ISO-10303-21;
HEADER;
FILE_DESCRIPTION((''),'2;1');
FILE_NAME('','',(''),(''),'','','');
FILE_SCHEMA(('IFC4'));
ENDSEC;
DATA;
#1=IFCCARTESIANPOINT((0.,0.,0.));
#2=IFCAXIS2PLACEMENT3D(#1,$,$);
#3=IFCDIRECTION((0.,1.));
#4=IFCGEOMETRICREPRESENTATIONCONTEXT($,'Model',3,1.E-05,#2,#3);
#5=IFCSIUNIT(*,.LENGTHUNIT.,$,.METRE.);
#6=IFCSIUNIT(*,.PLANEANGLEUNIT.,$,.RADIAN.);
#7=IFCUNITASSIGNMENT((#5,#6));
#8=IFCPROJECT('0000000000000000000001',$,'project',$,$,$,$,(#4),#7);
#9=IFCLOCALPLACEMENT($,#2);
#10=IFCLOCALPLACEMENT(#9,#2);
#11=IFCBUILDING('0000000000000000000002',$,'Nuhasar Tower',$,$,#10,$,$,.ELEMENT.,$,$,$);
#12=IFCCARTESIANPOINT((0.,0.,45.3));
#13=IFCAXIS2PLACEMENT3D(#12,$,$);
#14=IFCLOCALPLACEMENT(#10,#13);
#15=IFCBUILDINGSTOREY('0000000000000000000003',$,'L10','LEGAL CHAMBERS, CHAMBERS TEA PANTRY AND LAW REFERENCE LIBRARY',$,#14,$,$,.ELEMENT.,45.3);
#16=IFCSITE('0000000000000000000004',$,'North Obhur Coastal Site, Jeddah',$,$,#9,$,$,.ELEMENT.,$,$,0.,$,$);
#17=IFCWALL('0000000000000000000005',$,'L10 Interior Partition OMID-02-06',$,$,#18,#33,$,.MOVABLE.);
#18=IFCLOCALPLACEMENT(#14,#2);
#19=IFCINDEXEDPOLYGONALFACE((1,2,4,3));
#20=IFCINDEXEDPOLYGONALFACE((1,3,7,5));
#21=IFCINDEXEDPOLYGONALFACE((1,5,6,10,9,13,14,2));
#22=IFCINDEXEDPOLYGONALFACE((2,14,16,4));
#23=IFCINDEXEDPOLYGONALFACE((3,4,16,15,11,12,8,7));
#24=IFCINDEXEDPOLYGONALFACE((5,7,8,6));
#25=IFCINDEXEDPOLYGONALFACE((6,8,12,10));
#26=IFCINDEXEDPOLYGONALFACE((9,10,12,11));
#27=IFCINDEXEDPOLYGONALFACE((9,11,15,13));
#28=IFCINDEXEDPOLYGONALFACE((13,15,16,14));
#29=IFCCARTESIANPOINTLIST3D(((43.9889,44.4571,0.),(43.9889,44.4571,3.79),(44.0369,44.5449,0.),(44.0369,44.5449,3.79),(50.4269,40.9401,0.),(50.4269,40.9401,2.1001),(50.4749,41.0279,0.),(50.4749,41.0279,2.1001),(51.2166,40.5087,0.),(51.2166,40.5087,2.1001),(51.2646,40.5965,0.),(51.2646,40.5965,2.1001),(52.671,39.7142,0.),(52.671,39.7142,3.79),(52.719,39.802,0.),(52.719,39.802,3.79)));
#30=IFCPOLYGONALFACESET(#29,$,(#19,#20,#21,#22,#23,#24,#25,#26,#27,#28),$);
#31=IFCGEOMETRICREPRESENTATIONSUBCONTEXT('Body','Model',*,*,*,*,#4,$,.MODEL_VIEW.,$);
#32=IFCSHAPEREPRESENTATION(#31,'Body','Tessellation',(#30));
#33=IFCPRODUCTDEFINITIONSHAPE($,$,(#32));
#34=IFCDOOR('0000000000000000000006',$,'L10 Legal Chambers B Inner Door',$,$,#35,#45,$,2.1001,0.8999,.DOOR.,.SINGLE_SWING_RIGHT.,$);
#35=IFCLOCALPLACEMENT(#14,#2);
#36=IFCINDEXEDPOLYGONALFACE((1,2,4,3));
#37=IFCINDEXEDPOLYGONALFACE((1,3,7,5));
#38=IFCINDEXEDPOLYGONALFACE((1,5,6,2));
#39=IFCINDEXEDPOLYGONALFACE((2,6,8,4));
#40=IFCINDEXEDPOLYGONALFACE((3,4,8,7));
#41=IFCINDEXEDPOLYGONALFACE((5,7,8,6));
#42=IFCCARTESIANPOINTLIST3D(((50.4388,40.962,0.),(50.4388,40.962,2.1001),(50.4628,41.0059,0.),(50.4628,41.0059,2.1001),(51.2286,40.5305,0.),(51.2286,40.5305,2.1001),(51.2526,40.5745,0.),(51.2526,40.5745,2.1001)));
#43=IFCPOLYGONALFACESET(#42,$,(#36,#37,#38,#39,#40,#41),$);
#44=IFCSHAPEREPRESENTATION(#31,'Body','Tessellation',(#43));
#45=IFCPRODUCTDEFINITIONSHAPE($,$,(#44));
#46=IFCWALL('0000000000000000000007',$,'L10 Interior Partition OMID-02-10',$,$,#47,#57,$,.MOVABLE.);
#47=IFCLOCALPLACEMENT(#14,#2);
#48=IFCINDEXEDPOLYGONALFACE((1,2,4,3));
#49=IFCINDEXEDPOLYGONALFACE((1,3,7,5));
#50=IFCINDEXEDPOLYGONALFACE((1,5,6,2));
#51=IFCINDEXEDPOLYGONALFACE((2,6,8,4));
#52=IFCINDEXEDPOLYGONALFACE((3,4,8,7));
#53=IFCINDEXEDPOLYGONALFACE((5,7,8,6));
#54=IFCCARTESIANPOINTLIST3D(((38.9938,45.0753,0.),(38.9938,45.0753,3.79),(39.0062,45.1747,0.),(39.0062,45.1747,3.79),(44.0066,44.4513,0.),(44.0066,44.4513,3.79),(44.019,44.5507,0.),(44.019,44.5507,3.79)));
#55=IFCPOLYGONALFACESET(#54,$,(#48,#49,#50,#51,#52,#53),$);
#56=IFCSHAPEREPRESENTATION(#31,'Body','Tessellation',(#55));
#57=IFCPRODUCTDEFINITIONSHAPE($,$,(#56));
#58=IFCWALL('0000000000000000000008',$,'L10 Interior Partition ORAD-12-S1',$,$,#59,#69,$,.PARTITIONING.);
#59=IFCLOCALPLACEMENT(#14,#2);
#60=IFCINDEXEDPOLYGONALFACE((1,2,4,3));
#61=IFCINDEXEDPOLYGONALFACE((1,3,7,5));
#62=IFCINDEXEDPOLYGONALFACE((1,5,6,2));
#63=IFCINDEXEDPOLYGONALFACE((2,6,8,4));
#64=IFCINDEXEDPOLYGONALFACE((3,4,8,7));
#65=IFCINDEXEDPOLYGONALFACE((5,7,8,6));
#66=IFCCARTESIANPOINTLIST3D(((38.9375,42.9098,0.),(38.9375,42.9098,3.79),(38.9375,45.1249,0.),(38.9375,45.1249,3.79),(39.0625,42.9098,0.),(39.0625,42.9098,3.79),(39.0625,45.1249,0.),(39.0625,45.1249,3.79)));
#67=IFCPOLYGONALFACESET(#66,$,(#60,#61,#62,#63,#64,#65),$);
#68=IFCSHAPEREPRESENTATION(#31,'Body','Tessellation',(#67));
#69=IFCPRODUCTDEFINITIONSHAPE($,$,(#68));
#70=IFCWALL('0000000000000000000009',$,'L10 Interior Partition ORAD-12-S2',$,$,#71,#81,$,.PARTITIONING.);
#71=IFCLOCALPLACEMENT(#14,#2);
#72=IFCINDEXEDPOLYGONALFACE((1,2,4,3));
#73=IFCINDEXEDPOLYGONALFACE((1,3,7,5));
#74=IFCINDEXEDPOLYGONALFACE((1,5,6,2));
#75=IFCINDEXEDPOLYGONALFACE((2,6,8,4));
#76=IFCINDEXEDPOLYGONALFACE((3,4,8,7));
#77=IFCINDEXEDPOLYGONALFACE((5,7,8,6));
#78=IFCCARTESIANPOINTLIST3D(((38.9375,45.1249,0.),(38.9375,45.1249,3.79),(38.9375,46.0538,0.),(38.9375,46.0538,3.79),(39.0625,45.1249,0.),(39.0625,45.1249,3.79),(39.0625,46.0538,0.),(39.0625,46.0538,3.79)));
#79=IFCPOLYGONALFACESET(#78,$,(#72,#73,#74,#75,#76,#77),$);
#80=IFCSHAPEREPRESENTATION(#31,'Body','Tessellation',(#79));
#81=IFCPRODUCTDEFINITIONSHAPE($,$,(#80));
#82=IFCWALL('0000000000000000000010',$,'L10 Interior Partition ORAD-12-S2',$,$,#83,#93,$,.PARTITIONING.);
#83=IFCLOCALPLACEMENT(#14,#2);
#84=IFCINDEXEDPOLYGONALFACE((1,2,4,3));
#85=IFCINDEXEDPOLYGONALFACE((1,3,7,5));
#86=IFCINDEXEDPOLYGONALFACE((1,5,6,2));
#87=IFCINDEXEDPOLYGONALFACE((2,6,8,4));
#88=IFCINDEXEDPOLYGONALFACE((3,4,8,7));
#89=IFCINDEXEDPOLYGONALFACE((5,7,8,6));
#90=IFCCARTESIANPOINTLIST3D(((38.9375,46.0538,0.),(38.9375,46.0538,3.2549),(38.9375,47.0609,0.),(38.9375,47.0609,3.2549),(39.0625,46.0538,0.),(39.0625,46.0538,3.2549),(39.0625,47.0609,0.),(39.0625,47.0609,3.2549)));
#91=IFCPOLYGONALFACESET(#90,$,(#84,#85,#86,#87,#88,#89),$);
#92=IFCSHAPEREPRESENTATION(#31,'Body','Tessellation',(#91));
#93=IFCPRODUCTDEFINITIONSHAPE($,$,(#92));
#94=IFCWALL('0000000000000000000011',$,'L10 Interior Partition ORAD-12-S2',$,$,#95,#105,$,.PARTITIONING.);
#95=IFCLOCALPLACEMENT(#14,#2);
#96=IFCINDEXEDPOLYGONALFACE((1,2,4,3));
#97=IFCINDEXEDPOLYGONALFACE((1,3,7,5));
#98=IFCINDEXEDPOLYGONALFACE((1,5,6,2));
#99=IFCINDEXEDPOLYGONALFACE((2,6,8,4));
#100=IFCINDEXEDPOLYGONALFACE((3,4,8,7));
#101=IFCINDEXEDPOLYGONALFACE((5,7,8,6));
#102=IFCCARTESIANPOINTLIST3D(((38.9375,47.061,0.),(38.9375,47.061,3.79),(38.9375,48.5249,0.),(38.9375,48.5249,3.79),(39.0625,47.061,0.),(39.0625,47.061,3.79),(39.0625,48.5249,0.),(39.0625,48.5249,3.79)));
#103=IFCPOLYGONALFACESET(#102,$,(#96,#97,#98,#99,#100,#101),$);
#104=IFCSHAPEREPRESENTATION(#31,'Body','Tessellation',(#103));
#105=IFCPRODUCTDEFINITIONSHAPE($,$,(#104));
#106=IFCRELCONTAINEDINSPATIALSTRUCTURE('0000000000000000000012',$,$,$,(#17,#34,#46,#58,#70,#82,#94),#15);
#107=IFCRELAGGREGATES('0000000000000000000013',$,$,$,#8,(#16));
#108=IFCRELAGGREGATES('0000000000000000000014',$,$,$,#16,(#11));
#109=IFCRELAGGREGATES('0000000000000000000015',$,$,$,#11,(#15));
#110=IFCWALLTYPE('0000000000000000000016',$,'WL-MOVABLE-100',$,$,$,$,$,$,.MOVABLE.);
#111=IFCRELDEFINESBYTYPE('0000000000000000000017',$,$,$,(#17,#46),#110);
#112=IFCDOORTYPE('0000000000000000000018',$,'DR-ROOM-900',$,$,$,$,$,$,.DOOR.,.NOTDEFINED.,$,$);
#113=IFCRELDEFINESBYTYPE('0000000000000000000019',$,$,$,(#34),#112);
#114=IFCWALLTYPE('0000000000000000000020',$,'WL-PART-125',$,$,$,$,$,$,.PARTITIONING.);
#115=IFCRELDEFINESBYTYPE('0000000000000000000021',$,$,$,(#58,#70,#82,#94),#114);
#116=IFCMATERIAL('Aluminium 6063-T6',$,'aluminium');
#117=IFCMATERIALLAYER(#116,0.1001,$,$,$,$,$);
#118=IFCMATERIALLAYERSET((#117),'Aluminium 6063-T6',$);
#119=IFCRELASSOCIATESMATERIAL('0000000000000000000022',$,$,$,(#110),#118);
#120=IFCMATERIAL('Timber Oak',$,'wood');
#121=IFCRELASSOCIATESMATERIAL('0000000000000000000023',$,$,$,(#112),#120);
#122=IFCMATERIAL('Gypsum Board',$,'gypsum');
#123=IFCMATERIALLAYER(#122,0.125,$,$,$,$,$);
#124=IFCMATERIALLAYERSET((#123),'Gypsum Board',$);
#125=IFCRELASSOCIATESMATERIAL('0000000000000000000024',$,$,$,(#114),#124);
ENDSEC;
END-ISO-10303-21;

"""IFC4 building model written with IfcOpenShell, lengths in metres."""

from ifc_helpers import new_model, si_unit, direction, frame, frame_2d, origin, place, context, subcontext, project, spatial, rectangle, extrude, material, layer, layer_set, type_object, element, fill, save


model = new_model("IFC4")

# Units and contexts
model_context = context("Model", 3, precision=1e-05, world=origin(), true_north=direction((0.0, 1.0)))
body_context = subcontext(model_context, "Body", "Model", "MODEL_VIEW")
ifc_project = project(units=[si_unit("LENGTHUNIT", "METRE"), si_unit("PLANEANGLEUNIT", "RADIAN")], contexts=[model_context])

# Site, building, storey
site_placement = place(None, origin())
site = spatial("IfcSite", under=ifc_project, at=site_placement, Name="North Obhur Coastal Site, Jeddah", CompositionType="ELEMENT", RefElevation=0.0)
building_placement = place(site_placement, origin())
building = spatial("IfcBuilding", under=site, at=building_placement, Name="Nuhasar Tower", CompositionType="ELEMENT")
storey_placement = place(building_placement, frame((0.0, 0.0, 45.3)))
storey = spatial("IfcBuildingStorey", under=building, at=storey_placement, Name="L10", Description="LEGAL CHAMBERS, CHAMBERS TEA PANTRY AND LAW REFERENCE LIBRARY", CompositionType="ELEMENT", Elevation=45.3)

# Shared definitions
ifc_material_1 = material(Name="Aluminium 6063-T6", Category="aluminium")

# Shared definitions
ifc_material_2 = material(Name="Gypsum Board", Category="gypsum")

# Wall, opening, door
ifc_layer_1 = layer(ifc_material_1, 0.1001)
ifc_layer_set_1 = layer_set([ifc_layer_1], Name="Aluminium 6063-T6")
wall_type_1 = type_object("IfcWallType", Name="WL-MOVABLE-100", PredefinedType="MOVABLE", material=ifc_layer_set_1)
wall_1_placement = place(storey_placement, frame((44.0129, 44.501, 0.0), z_axis=(0.0, 0.0, 1.0), x_axis=(0.877589, -0.479414, 0.0)))
wall_1 = element("IfcWall", 1, at=wall_1_placement, inside=storey, type_object=wall_type_1, Name="L10 Interior Partition OMID-02-06", PredefinedType="MOVABLE", context=body_context, shape_type="SweptSolid", body=[
    extrude(rectangle(XDim=9.8931, YDim=0.1001, at=frame_2d((4.9465, 0.0))), origin(), (0.0, 0.0, 1.0), 3.79),
])
opening_placement = place(wall_1_placement, frame((7.3359, 0.0, 0.0)))
opening = element("IfcOpeningElement", 2, at=opening_placement, cuts=wall_1, PredefinedType="OPENING", context=body_context, shape_type="SweptSolid", body=[
    extrude(rectangle(XDim=0.8999, YDim=2.1001, at=frame_2d((0.45, 1.05))), frame((0.0, 0.0601, 0.0), z_axis=(0.0, -1.0, 0.0), x_axis=(1.0, 0.0, 0.0)), (0.0, 0.0, 1.0), 0.1201),
])
ifc_material_3 = material(Name="Timber Oak", Category="wood")
door_type = type_object("IfcDoorType", Name="DR-ROOM-900", OperationType="NOTDEFINED", PredefinedType="DOOR", material=ifc_material_3)
door_placement = place(opening_placement, origin())
door = element("IfcDoor", 3, at=door_placement, inside=storey, type_object=door_type, Name="L10 Legal Chambers B Inner Door", OperationType="SINGLE_SWING_RIGHT", OverallHeight=2.1001, OverallWidth=0.8999, PredefinedType="DOOR", context=body_context, shape_type="SweptSolid", body=[
    extrude(rectangle(XDim=0.8999, YDim=2.1001, at=frame_2d((0.45, 1.05))), frame((0.0, 0.0249, 0.0), z_axis=(0.0, -1.0, 0.0), x_axis=(1.0, 0.0, 0.0)), (0.0, 0.0, 1.0), 0.05),
])
fill(opening, door)

# Walls
wall_2_placement = place(storey_placement, frame((44.0129, 44.501, 0.0), z_axis=(0.0, 0.0, 1.0), x_axis=(-0.992341, 0.123529, 0.0)))
element("IfcWall", 4, at=wall_2_placement, inside=storey, type_object=wall_type_1, Name="L10 Interior Partition OMID-02-10", PredefinedType="MOVABLE", context=body_context, shape_type="SweptSolid", body=[
    extrude(rectangle(XDim=5.0515, YDim=0.1001, at=frame_2d((2.5259, 0.0))), origin(), (0.0, 0.0, 1.0), 3.79),
])
ifc_layer_2 = layer(ifc_material_2, 0.125)
ifc_layer_set_2 = layer_set([ifc_layer_2], Name="Gypsum Board")
wall_type_2 = type_object("IfcWallType", Name="WL-PART-125", PredefinedType="PARTITIONING", material=ifc_layer_set_2)
wall_3_placement = place(storey_placement, frame((39.0, 42.9099, 0.0), z_axis=(0.0, 0.0, 1.0), x_axis=(0.0, 1.0, 0.0)))
element("IfcWall", 5, at=wall_3_placement, inside=storey, type_object=wall_type_2, Name="L10 Interior Partition ORAD-12-S1", PredefinedType="PARTITIONING", context=body_context, shape_type="SweptSolid", body=[
    extrude(rectangle(XDim=2.2151, YDim=0.125, at=frame_2d((1.1074, 0.0))), origin(), (0.0, 0.0, 1.0), 3.79),
])
wall_4_placement = place(storey_placement, frame((39.0, 45.125, 0.0), z_axis=(0.0, 0.0, 1.0), x_axis=(0.0, 1.0, 0.0)))
element("IfcWall", 6, at=wall_4_placement, inside=storey, type_object=wall_type_2, Name="L10 Interior Partition ORAD-12-S2", PredefinedType="PARTITIONING", context=body_context, shape_type="SweptSolid", body=[
    extrude(rectangle(XDim=0.929, YDim=0.125, at=frame_2d((0.4644, 0.0))), origin(), (0.0, 0.0, 1.0), 3.79),
])
wall_5_placement = place(storey_placement, frame((39.0, 46.054, 0.0), z_axis=(0.0, 0.0, 1.0), x_axis=(0.0, 1.0, 0.0)))
element("IfcWall", 7, at=wall_5_placement, inside=storey, type_object=wall_type_2, Name="L10 Interior Partition ORAD-12-S2", PredefinedType="PARTITIONING", context=body_context, shape_type="SweptSolid", body=[
    extrude(rectangle(XDim=1.0071, YDim=0.125, at=frame_2d((0.5034, 0.0))), origin(), (0.0, 0.0, 1.0), 3.2549),
])
wall_6_placement = place(storey_placement, frame((39.0, 47.061, 0.0), z_axis=(0.0, 0.0, 1.0), x_axis=(0.0, 1.0, 0.0)))
element("IfcWall", 8, at=wall_6_placement, inside=storey, type_object=wall_type_2, Name="L10 Interior Partition ORAD-12-S2", PredefinedType="PARTITIONING", context=body_context, shape_type="SweptSolid", body=[
    extrude(rectangle(XDim=1.4639, YDim=0.125, at=frame_2d((0.7319, 0.0))), origin(), (0.0, 0.0, 1.0), 3.79),
])

save(model, "model.ifc")
